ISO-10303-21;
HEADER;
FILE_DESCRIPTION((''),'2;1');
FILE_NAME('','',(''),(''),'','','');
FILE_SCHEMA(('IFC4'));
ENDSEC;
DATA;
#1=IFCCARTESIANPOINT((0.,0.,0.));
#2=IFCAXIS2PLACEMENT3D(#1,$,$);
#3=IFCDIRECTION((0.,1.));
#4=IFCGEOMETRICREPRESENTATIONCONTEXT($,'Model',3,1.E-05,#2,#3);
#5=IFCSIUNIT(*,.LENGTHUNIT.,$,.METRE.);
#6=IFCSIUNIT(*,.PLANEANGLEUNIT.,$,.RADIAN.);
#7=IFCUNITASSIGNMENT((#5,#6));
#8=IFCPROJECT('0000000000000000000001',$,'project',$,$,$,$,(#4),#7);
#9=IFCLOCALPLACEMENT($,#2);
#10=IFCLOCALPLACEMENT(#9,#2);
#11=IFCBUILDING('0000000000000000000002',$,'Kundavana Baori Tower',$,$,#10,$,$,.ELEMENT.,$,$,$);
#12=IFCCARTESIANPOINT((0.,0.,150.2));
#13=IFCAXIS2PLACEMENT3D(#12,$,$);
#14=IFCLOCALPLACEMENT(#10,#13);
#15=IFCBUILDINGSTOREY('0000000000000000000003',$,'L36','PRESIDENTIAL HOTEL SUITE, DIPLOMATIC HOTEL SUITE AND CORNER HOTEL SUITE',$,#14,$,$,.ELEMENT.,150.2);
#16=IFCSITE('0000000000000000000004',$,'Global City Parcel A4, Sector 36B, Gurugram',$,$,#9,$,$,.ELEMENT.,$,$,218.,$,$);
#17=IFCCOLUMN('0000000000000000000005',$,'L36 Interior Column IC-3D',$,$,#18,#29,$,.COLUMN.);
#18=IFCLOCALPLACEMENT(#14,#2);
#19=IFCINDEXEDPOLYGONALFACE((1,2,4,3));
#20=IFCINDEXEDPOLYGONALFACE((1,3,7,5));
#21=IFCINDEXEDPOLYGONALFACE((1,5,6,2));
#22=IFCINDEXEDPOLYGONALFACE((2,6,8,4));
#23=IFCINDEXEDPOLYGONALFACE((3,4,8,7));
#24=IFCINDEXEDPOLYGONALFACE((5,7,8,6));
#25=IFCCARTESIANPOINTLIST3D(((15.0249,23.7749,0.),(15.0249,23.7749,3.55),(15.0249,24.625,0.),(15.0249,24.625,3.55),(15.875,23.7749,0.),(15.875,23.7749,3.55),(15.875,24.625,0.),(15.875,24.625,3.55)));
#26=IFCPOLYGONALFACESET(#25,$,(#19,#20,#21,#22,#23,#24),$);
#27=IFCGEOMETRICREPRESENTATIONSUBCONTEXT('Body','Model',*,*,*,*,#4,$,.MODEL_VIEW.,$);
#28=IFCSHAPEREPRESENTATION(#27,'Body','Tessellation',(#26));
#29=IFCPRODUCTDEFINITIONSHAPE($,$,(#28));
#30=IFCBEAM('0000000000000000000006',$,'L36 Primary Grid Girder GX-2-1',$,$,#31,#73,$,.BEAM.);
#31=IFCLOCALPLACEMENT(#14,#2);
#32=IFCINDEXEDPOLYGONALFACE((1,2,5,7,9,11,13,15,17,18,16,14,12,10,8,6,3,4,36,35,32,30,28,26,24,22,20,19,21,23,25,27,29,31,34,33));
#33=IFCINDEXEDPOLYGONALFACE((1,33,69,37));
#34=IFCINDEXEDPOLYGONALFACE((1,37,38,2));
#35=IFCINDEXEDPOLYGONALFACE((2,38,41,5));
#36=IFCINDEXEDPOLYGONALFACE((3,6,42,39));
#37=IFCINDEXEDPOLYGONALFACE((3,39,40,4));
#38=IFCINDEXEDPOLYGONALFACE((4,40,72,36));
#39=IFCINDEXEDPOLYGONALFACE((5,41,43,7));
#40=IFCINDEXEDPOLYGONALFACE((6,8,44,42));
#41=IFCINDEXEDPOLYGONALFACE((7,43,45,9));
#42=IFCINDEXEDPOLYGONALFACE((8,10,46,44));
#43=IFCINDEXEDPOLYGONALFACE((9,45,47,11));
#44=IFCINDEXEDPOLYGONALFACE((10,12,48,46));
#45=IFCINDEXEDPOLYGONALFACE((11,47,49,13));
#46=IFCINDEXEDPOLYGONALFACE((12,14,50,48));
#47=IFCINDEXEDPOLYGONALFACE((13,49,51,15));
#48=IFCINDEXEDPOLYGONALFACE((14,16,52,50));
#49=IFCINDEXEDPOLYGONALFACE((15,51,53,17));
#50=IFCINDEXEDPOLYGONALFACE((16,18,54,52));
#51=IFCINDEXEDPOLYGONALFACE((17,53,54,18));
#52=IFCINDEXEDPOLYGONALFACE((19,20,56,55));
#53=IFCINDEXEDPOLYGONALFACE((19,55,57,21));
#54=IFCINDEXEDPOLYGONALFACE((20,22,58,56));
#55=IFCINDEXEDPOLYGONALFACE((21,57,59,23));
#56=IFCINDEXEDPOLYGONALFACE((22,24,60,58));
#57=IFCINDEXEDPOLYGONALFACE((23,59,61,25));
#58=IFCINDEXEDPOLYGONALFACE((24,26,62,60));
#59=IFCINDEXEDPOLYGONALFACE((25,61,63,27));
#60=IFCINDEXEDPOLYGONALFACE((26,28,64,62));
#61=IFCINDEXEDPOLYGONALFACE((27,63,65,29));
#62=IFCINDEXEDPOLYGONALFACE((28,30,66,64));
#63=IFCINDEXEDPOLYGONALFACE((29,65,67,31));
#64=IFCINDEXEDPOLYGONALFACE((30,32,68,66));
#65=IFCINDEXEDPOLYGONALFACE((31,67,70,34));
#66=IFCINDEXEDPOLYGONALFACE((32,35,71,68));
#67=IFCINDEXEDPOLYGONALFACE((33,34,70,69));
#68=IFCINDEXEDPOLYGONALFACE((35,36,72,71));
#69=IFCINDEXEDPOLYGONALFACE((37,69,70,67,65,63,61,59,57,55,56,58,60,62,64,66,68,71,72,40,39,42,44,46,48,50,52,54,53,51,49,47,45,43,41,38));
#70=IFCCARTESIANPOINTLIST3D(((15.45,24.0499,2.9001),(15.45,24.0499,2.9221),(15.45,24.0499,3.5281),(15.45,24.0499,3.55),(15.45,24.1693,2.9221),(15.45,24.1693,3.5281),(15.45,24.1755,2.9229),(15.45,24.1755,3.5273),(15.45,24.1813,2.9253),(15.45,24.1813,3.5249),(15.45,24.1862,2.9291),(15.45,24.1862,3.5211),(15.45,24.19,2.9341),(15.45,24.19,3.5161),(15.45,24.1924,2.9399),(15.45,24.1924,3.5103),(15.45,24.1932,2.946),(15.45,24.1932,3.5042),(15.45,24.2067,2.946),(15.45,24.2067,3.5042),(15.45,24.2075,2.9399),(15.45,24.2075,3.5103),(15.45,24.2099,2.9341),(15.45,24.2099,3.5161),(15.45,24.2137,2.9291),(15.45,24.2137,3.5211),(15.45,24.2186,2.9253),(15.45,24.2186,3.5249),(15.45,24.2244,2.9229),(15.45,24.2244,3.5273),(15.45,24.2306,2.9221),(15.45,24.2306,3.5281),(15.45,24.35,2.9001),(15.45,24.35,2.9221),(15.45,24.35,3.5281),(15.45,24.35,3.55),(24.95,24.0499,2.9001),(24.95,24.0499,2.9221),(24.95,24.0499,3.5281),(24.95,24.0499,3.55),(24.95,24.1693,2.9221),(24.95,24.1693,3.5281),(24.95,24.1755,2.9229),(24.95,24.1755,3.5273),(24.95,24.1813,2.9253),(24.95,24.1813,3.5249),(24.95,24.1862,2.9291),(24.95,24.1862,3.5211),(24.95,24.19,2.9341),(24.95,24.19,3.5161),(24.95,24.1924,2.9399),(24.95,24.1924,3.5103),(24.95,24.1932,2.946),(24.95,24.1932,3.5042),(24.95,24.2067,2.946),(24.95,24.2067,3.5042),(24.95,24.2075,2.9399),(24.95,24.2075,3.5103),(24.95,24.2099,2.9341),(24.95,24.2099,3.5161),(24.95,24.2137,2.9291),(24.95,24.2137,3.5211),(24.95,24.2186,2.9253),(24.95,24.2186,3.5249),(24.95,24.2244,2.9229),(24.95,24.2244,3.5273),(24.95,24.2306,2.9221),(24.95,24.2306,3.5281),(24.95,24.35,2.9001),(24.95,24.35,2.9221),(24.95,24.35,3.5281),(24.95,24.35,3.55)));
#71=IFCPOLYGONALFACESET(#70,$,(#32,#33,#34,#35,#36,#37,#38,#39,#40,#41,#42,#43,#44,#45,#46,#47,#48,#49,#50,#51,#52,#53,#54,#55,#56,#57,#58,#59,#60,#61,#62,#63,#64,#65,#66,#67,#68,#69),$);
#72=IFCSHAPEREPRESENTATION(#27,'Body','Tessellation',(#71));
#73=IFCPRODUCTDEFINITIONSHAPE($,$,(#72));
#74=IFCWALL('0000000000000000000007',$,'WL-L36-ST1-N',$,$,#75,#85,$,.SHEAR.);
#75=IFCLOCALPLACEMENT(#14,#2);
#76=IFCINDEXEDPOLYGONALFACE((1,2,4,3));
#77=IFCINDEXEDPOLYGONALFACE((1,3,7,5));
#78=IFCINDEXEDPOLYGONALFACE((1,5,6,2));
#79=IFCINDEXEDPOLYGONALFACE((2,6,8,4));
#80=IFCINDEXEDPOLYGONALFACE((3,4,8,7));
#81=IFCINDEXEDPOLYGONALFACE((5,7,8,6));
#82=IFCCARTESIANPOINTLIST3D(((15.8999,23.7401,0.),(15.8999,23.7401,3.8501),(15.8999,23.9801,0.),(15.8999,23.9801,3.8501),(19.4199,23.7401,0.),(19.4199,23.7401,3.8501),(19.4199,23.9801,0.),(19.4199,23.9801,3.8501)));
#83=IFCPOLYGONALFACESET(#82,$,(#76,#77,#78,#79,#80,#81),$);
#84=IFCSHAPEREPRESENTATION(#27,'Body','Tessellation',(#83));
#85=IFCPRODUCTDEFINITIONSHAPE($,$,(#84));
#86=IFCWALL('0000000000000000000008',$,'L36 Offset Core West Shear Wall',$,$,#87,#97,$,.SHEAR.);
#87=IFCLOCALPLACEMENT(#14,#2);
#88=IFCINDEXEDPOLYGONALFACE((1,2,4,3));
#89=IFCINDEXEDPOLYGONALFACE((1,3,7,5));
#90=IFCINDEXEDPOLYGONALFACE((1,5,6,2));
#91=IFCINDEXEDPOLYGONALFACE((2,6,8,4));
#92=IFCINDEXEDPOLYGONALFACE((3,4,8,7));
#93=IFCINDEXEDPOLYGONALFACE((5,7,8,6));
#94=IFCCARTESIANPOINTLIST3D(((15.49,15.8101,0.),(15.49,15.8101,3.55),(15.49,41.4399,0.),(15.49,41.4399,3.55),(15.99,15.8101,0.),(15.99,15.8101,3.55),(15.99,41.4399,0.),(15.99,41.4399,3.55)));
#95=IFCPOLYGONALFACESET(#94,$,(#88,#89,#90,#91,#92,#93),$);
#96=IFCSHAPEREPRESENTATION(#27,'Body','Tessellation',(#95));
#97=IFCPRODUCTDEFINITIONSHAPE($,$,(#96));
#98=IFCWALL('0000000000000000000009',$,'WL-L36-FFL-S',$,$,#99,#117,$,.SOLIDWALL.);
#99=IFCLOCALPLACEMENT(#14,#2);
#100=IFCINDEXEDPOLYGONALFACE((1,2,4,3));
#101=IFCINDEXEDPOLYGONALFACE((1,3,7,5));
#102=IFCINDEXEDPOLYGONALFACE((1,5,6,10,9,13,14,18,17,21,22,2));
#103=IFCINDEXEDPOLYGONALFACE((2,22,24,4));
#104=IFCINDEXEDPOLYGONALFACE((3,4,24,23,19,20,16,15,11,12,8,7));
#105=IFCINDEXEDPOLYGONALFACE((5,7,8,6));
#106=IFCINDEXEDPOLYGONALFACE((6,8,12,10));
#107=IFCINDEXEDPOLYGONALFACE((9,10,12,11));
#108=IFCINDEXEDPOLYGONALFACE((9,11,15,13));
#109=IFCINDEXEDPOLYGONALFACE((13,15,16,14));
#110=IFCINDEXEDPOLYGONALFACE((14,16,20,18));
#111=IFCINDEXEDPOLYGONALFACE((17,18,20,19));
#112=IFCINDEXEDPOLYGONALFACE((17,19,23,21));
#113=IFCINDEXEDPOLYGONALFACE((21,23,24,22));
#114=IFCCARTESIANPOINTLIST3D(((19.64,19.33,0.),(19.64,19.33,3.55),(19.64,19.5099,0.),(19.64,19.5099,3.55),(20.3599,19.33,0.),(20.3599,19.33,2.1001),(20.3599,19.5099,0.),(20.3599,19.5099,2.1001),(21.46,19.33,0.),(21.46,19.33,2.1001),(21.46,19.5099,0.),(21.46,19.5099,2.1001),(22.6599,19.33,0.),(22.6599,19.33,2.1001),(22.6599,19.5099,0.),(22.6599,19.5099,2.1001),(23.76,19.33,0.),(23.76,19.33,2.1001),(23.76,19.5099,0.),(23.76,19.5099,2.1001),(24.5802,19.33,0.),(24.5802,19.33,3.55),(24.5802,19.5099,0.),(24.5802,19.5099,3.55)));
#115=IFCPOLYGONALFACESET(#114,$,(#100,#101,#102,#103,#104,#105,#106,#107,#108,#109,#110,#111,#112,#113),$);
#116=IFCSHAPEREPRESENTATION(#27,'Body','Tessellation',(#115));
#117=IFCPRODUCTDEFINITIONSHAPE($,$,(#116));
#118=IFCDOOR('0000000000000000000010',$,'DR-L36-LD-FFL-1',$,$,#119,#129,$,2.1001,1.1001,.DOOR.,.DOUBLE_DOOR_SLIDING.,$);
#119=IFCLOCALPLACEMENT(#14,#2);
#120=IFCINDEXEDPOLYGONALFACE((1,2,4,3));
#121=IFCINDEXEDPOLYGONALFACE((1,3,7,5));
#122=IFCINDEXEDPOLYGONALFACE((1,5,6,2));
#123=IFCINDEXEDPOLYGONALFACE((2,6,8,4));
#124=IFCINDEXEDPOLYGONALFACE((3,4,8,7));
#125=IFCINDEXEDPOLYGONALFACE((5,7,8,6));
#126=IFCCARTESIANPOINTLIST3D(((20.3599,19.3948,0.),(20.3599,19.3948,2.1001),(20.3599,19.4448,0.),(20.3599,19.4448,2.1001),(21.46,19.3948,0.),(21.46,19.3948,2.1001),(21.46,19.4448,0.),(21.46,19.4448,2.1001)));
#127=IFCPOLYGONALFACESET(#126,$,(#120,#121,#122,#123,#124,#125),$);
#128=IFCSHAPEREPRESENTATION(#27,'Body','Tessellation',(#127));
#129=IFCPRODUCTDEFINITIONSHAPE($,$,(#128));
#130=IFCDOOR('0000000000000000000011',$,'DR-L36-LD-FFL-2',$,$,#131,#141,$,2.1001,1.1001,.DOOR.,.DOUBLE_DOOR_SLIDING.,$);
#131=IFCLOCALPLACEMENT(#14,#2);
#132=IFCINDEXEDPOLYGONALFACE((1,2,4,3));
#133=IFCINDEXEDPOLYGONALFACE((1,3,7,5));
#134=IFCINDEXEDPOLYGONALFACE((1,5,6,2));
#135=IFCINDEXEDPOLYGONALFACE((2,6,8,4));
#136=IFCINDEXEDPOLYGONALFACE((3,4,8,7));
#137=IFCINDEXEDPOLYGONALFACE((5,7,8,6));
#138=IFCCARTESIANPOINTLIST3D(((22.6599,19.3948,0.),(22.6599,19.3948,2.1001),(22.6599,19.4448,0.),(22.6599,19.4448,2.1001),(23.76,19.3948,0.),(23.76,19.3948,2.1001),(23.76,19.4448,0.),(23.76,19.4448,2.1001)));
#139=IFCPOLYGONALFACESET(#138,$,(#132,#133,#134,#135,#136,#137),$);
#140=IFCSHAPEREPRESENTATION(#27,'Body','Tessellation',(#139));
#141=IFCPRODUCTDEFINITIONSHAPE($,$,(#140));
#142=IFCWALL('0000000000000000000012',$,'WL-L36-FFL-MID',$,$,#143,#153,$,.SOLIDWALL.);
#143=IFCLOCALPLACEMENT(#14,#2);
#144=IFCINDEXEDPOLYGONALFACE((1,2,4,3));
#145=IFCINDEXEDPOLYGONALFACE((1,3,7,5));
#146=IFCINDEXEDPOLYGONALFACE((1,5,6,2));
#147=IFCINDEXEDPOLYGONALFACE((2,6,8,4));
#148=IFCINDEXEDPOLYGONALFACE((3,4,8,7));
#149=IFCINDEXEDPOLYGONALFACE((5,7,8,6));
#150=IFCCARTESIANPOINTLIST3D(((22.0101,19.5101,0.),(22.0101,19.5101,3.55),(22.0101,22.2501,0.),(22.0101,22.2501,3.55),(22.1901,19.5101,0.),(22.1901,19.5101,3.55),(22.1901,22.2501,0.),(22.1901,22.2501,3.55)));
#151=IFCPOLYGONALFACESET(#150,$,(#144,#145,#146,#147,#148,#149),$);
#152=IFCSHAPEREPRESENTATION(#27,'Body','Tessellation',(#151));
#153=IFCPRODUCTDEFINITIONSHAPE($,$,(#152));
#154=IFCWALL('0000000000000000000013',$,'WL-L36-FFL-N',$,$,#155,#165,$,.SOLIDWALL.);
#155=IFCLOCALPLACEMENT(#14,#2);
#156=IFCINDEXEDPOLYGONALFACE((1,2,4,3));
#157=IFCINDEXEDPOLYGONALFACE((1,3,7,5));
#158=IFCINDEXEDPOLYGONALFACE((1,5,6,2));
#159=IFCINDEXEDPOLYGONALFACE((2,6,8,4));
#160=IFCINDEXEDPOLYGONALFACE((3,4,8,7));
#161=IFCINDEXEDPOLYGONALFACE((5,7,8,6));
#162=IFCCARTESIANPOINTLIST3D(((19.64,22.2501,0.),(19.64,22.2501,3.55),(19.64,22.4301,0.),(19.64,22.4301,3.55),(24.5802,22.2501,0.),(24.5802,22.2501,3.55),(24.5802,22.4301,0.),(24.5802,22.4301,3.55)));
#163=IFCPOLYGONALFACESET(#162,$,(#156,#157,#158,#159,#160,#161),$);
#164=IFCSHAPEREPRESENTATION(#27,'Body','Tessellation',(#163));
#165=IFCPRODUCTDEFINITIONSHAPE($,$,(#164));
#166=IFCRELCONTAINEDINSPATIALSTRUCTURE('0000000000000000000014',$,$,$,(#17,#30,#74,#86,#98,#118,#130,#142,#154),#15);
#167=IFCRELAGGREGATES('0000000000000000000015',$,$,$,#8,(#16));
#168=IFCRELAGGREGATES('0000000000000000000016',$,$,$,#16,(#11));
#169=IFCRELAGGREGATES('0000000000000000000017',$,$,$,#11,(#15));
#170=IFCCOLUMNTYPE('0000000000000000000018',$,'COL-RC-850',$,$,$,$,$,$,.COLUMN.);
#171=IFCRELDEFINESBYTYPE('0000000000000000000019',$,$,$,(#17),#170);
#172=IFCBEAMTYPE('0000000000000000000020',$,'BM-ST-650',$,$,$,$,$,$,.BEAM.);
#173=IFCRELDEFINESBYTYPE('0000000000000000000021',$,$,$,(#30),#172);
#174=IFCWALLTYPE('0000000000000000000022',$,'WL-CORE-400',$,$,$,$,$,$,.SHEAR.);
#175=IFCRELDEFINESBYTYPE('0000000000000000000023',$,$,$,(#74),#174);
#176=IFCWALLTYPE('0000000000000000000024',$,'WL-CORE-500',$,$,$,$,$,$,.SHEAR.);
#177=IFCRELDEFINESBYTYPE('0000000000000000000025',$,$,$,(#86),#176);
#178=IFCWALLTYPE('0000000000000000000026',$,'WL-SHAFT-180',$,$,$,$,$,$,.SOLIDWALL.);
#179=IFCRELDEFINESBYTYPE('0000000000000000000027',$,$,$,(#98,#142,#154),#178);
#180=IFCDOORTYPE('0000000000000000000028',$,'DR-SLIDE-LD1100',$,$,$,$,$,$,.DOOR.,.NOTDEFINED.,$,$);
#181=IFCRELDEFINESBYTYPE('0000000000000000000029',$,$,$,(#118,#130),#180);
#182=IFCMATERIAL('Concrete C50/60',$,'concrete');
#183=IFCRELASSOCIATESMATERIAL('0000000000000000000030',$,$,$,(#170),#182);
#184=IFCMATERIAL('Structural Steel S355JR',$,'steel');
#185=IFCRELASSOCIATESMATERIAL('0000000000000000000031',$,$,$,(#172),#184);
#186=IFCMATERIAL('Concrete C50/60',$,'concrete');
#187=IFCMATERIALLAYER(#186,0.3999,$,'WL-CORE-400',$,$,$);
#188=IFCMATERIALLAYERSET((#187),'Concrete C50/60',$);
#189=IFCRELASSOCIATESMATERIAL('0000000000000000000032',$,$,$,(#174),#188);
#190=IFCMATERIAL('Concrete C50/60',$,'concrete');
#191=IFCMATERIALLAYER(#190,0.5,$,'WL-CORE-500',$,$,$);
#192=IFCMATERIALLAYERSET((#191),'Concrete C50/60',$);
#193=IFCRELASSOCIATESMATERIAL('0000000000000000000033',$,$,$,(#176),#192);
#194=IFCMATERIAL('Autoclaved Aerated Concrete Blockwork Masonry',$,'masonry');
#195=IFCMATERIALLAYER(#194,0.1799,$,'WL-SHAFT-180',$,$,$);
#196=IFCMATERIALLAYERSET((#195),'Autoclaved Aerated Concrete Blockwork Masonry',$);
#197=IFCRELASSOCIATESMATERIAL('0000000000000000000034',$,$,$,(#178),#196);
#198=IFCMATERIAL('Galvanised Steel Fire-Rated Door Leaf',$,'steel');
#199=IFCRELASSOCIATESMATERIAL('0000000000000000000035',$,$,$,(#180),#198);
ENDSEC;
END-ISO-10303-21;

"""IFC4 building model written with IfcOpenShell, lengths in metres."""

from ifc_helpers import new_model, si_unit, direction, frame, frame_2d, origin, origin_2d, place, context, subcontext, project, spatial, rectangle, i_section, extrude, material, layer, layer_set, material_profile, profile_set, type_object, element, fill, save


model = new_model("IFC4")

# Units and contexts
model_context = context("Model", 3, precision=1e-05, world=origin(), true_north=direction((0.0, 1.0)))
body_context = subcontext(model_context, "Body", "Model", "MODEL_VIEW")
ifc_project = project(units=[si_unit("LENGTHUNIT", "METRE"), si_unit("PLANEANGLEUNIT", "RADIAN")], contexts=[model_context])

# Site, building, storey
site_placement = place(None, origin())
site = spatial("IfcSite", under=ifc_project, at=site_placement, Name="Global City Parcel A4, Sector 36B, Gurugram", CompositionType="ELEMENT", RefElevation=218.0)
building_placement = place(site_placement, origin())
building = spatial("IfcBuilding", under=site, at=building_placement, Name="Kundavana Baori Tower", CompositionType="ELEMENT")
storey_placement = place(building_placement, frame((0.0, 0.0, 150.2)))
storey = spatial("IfcBuildingStorey", under=building, at=storey_placement, Name="L36", Description="PRESIDENTIAL HOTEL SUITE, DIPLOMATIC HOTEL SUITE AND CORNER HOTEL SUITE", CompositionType="ELEMENT", Elevation=150.2)

# Column
ifc_material_1 = material(Name="Concrete C50/60", Category="concrete")
ifc_material_profile_1 = material_profile(ifc_material_1, rectangle(XDim=0.8501, YDim=0.8501, at=origin_2d()), Name="RC 850x850")
ifc_profile_set_1 = profile_set([ifc_material_profile_1], Name="Concrete C50/60")
column_type = type_object("IfcColumnType", Name="COL-RC-850", PredefinedType="COLUMN", material=ifc_profile_set_1)
column_placement = place(storey_placement, frame((15.45, 24.2, 0.0), z_axis=(0.0, 0.0, 1.0), x_axis=(1.0, 0.0, 0.0)))
element("IfcColumn", 1, at=column_placement, inside=storey, type_object=column_type, Name="L36 Interior Column IC-3D", PredefinedType="COLUMN", context=body_context, shape_type="SweptSolid", body=[
    extrude(rectangle(XDim=0.8501, YDim=0.8501, at=origin_2d()), origin(), (0.0, 0.0, 1.0), 3.55),
])

# Beam
ifc_material_2 = material(Name="Structural Steel S355JR", Category="steel")
ifc_material_profile_2 = material_profile(ifc_material_2, i_section(OverallWidth=0.3, OverallDepth=0.6499, WebThickness=0.0134, FlangeThickness=0.022, FilletRadius=0.0239, at=origin_2d()), Name="NPB 650x300x155")
ifc_profile_set_2 = profile_set([ifc_material_profile_2], Name="Structural Steel S355JR")
beam_type = type_object("IfcBeamType", Name="BM-ST-650", PredefinedType="BEAM", material=ifc_profile_set_2)
beam_placement = place(storey_placement, frame((15.45, 24.2, 3.2251), z_axis=(1.0, 0.0, 0.0), x_axis=(0.0, 1.0, 0.0)))
element("IfcBeam", 2, at=beam_placement, inside=storey, type_object=beam_type, Name="L36 Primary Grid Girder GX-2-1", PredefinedType="BEAM", context=body_context, shape_type="SweptSolid", body=[
    extrude(i_section(OverallWidth=0.3, OverallDepth=0.6499, WebThickness=0.0134, FlangeThickness=0.022, FilletRadius=0.0239, at=origin_2d()), origin(), (0.0, 0.0, 1.0), 9.5),
])

# Walls
ifc_material_3 = material(Name="Concrete C50/60", Category="concrete")
ifc_layer_1 = layer(ifc_material_3, 0.3999, Name="WL-CORE-400")
ifc_layer_set_1 = layer_set([ifc_layer_1], Name="Concrete C50/60")
wall_type_1 = type_object("IfcWallType", Name="WL-CORE-400", PredefinedType="SHEAR", material=ifc_layer_set_1)
wall_1_placement = place(storey_placement, frame((15.8999, 23.8601, 0.0), z_axis=(0.0, 0.0, 1.0), x_axis=(1.0, 0.0, 0.0)))
element("IfcWall", 3, at=wall_1_placement, inside=storey, type_object=wall_type_1, Name="WL-L36-ST1-N", PredefinedType="SHEAR", context=body_context, shape_type="SweptSolid", body=[
    extrude(rectangle(XDim=3.52, YDim=0.24, at=frame_2d((1.76, 0.0))), origin(), (0.0, 0.0, 1.0), 3.8501),
])
ifc_material_4 = material(Name="Concrete C50/60", Category="concrete")
ifc_layer_2 = layer(ifc_material_4, 0.5, Name="WL-CORE-500")
ifc_layer_set_2 = layer_set([ifc_layer_2], Name="Concrete C50/60")
wall_type_2 = type_object("IfcWallType", Name="WL-CORE-500", PredefinedType="SHEAR", material=ifc_layer_set_2)
wall_2_placement = place(storey_placement, frame((15.74, 15.8101, 0.0), z_axis=(0.0, 0.0, 1.0), x_axis=(0.0, 1.0, 0.0)))
element("IfcWall", 4, at=wall_2_placement, inside=storey, type_object=wall_type_2, Name="L36 Offset Core West Shear Wall", PredefinedType="SHEAR", context=body_context, shape_type="SweptSolid", body=[
    extrude(rectangle(XDim=25.6299, YDim=0.5, at=frame_2d((12.8149, 0.0))), origin(), (0.0, 0.0, 1.0), 3.55),
])

# Wall, openings, doors
ifc_material_5 = material(Name="Autoclaved Aerated Concrete Blockwork Masonry", Category="masonry")
ifc_layer_3 = layer(ifc_material_5, 0.1799, Name="WL-SHAFT-180")
ifc_layer_set_3 = layer_set([ifc_layer_3], Name="Autoclaved Aerated Concrete Blockwork Masonry")
wall_type_3 = type_object("IfcWallType", Name="WL-SHAFT-180", PredefinedType="SOLIDWALL", material=ifc_layer_set_3)
wall_3_placement = place(storey_placement, frame((19.6399, 19.4199, 0.0), z_axis=(0.0, 0.0, 1.0), x_axis=(1.0, 0.0, 0.0)))
wall_3 = element("IfcWall", 5, at=wall_3_placement, inside=storey, type_object=wall_type_3, Name="WL-L36-FFL-S", PredefinedType="SOLIDWALL", context=body_context, shape_type="SweptSolid", body=[
    extrude(rectangle(XDim=4.9402, YDim=0.1799, at=frame_2d((2.4702, 0.0))), origin(), (0.0, 0.0, 1.0), 3.55),
])
opening_1_placement = place(wall_3_placement, frame((0.72, 0.0, 0.0)))
opening_1 = element("IfcOpeningElement", 6, at=opening_1_placement, cuts=wall_3, PredefinedType="OPENING", context=body_context, shape_type="SweptSolid", body=[
    extrude(rectangle(XDim=1.1001, YDim=2.1001, at=frame_2d((0.55, 1.05))), frame((0.0, 0.1001, 0.0), z_axis=(0.0, -1.0, 0.0), x_axis=(1.0, 0.0, 0.0)), (0.0, 0.0, 1.0), 0.2),
])
opening_2_placement = place(wall_3_placement, frame((3.02, 0.0, 0.0)))
opening_2 = element("IfcOpeningElement", 7, at=opening_2_placement, cuts=wall_3, PredefinedType="OPENING", context=body_context, shape_type="SweptSolid", body=[
    extrude(rectangle(XDim=1.1001, YDim=2.1001, at=frame_2d((0.55, 1.05))), frame((0.0, 0.1001, 0.0), z_axis=(0.0, -1.0, 0.0), x_axis=(1.0, 0.0, 0.0)), (0.0, 0.0, 1.0), 0.2),
])
ifc_material_6 = material(Name="Galvanised Steel Fire-Rated Door Leaf", Category="steel")
door_type_1 = type_object("IfcDoorType", Name="DR-SLIDE-LD1100", OperationType="NOTDEFINED", PredefinedType="DOOR", material=ifc_material_6)
door_1_placement = place(opening_1_placement, origin())
door_1 = element("IfcDoor", 8, at=door_1_placement, inside=storey, type_object=door_type_1, Name="DR-L36-LD-FFL-1", OperationType="DOUBLE_DOOR_SLIDING", OverallHeight=2.1001, OverallWidth=1.1001, PredefinedType="DOOR", context=body_context, shape_type="SweptSolid", body=[
    extrude(rectangle(XDim=1.1001, YDim=2.1001, at=frame_2d((0.55, 1.05))), frame((0.0, 0.0249, 0.0), z_axis=(0.0, -1.0, 0.0), x_axis=(1.0, 0.0, 0.0)), (0.0, 0.0, 1.0), 0.05),
])
fill(opening_1, door_1)
door_2_placement = place(opening_2_placement, origin())
door_2 = element("IfcDoor", 9, at=door_2_placement, inside=storey, type_object=door_type_1, Name="DR-L36-LD-FFL-2", OperationType="DOUBLE_DOOR_SLIDING", OverallHeight=2.1001, OverallWidth=1.1001, PredefinedType="DOOR", context=body_context, shape_type="SweptSolid", body=[
    extrude(rectangle(XDim=1.1001, YDim=2.1001, at=frame_2d((0.55, 1.05))), frame((0.0, 0.0249, 0.0), z_axis=(0.0, -1.0, 0.0), x_axis=(1.0, 0.0, 0.0)), (0.0, 0.0, 1.0), 0.05),
])
fill(opening_2, door_2)

# Walls
wall_4_placement = place(storey_placement, frame((22.1001, 19.51, 0.0), z_axis=(0.0, 0.0, 1.0), x_axis=(0.0, 1.0, 0.0)))
element("IfcWall", 10, at=wall_4_placement, inside=storey, type_object=wall_type_3, Name="WL-L36-FFL-MID", PredefinedType="SOLIDWALL", context=body_context, shape_type="SweptSolid", body=[
    extrude(rectangle(XDim=2.74, YDim=0.1799, at=frame_2d((1.3701, 0.0))), origin(), (0.0, 0.0, 1.0), 3.55),
])
wall_5_placement = place(storey_placement, frame((19.6399, 22.3401, 0.0), z_axis=(0.0, 0.0, 1.0), x_axis=(1.0, 0.0, 0.0)))
element("IfcWall", 11, at=wall_5_placement, inside=storey, type_object=wall_type_3, Name="WL-L36-FFL-N", PredefinedType="SOLIDWALL", context=body_context, shape_type="SweptSolid", body=[
    extrude(rectangle(XDim=4.9402, YDim=0.1799, at=frame_2d((2.4702, 0.0))), origin(), (0.0, 0.0, 1.0), 3.55),
])

save(model, "model.ifc")
